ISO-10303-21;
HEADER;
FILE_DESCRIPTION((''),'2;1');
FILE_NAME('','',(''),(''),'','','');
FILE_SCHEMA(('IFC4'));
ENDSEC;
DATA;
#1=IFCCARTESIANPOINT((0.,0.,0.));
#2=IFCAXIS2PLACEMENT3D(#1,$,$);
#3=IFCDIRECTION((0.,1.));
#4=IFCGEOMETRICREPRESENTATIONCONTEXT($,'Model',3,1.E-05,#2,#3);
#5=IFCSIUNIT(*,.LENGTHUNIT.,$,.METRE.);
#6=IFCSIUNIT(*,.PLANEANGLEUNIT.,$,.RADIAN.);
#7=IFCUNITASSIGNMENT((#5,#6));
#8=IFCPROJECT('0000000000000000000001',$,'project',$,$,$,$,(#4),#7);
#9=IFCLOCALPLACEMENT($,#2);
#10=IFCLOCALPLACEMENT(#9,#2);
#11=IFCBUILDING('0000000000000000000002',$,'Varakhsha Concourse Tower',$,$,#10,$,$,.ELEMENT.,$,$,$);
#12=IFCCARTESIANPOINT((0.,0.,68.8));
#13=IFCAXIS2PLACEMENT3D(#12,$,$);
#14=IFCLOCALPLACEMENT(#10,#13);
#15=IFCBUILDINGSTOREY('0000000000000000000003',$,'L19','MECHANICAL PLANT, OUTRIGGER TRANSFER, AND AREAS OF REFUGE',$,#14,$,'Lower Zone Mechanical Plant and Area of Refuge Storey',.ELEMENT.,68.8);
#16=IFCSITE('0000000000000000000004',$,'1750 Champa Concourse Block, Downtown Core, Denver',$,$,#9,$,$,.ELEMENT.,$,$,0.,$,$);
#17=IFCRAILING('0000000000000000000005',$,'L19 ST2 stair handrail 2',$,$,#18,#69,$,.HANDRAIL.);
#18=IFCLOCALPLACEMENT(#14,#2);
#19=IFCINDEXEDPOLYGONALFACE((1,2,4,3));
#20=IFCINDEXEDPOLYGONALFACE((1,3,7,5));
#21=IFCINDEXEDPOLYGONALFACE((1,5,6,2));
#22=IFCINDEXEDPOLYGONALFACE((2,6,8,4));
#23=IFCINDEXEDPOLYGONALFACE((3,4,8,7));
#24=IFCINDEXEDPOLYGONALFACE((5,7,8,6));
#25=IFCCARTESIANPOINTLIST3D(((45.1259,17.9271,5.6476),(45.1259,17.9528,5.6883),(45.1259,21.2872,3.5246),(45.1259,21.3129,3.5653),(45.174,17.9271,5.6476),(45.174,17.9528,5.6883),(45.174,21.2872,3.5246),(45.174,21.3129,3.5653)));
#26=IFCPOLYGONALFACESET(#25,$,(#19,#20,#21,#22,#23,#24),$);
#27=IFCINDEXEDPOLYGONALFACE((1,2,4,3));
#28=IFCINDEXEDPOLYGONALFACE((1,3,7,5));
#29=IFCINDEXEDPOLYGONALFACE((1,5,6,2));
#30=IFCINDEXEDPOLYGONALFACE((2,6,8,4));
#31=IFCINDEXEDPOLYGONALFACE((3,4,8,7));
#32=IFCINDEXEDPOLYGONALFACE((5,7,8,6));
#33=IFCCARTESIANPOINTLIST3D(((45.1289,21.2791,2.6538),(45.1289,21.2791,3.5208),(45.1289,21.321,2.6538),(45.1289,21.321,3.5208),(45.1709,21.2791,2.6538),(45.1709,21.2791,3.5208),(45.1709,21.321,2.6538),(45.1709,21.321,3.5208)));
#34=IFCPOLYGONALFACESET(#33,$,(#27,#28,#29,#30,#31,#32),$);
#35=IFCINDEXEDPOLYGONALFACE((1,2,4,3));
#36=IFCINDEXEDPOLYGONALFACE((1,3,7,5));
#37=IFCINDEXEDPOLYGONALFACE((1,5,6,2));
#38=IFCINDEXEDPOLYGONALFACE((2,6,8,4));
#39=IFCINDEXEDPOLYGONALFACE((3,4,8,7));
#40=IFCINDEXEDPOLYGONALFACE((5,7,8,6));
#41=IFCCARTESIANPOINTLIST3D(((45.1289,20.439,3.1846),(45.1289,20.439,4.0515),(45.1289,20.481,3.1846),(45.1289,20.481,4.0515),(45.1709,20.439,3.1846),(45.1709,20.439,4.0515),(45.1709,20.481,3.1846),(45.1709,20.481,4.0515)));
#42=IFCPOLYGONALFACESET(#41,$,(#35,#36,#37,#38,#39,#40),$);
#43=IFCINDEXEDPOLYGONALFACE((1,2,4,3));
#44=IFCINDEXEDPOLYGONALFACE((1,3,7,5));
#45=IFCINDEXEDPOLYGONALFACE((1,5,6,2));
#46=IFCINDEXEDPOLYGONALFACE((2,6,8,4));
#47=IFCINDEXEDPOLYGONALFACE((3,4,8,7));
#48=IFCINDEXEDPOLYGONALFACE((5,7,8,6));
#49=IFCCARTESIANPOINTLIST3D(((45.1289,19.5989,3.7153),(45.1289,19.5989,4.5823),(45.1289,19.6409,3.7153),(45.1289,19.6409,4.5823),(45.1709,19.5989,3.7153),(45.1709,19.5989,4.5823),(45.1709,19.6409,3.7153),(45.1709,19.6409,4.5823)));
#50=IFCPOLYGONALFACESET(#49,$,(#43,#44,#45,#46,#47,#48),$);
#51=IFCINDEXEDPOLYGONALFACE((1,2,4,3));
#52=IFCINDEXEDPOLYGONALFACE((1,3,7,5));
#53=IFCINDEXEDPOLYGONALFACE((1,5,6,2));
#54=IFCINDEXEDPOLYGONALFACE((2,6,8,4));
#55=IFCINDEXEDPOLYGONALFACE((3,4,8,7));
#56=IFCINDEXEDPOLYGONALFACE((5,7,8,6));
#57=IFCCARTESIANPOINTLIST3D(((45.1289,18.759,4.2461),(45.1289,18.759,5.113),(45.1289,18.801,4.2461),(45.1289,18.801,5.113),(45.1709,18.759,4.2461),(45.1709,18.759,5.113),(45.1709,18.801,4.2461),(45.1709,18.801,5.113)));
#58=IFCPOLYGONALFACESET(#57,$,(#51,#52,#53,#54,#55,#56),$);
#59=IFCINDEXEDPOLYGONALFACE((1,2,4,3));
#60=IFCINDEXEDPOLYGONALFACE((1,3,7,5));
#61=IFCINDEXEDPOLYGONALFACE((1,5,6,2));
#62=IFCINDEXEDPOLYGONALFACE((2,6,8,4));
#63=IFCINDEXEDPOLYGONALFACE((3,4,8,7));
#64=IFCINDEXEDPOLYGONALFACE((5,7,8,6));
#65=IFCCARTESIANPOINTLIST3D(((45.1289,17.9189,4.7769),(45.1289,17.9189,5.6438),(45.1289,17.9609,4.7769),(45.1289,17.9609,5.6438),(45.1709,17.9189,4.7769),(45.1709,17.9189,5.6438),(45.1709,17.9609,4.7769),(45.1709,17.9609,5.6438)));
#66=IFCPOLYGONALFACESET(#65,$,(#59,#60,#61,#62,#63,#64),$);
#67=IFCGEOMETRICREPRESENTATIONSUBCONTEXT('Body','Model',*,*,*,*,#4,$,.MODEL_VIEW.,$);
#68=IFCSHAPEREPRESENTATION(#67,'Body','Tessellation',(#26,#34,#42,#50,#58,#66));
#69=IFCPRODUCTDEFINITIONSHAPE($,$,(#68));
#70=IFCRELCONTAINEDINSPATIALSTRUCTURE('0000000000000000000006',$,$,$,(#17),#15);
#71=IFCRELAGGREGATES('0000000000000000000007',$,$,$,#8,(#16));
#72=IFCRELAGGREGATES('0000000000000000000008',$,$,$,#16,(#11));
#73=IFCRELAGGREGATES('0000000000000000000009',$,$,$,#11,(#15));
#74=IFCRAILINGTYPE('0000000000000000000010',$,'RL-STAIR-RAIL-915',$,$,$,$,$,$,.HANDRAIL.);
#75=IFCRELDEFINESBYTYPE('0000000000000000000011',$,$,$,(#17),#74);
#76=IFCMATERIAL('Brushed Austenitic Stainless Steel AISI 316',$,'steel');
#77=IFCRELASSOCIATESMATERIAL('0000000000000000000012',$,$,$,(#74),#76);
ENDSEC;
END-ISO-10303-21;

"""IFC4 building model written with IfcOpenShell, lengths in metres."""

from ifc_helpers import new_model, si_unit, direction, frame, origin, origin_2d, place, context, subcontext, project, spatial, rectangle, extrude, material, type_object, element, save


model = new_model("IFC4")

# Units and contexts
model_context = context("Model", 3, precision=1e-05, world=origin(), true_north=direction((0.0, 1.0)))
body_context = subcontext(model_context, "Body", "Model", "MODEL_VIEW")
ifc_project = project(units=[si_unit("LENGTHUNIT", "METRE"), si_unit("PLANEANGLEUNIT", "RADIAN")], contexts=[model_context])

# Site, building, storey
site_placement = place(None, origin())
site = spatial("IfcSite", under=ifc_project, at=site_placement, Name="1750 Champa Concourse Block, Downtown Core, Denver", CompositionType="ELEMENT", RefElevation=0.0)
building_placement = place(site_placement, origin())
building = spatial("IfcBuilding", under=site, at=building_placement, Name="Varakhsha Concourse Tower", CompositionType="ELEMENT")
storey_placement = place(building_placement, frame((0.0, 0.0, 68.8)))
storey = spatial("IfcBuildingStorey", under=building, at=storey_placement, Name="L19", Description="MECHANICAL PLANT, OUTRIGGER TRANSFER, AND AREAS OF REFUGE", LongName="Lower Zone Mechanical Plant and Area of Refuge Storey", CompositionType="ELEMENT", Elevation=68.8)

# Railing
ifc_material_1 = material(Name="Brushed Austenitic Stainless Steel AISI 316", Category="steel")
railing_type_1 = type_object("IfcRailingType", Name="RL-STAIR-RAIL-915", PredefinedType="HANDRAIL", material=ifc_material_1)
railing_1_placement = place(storey_placement, frame((45.1499, 21.3, 2.6538)))
element("IfcRailing", 1, at=railing_1_placement, inside=storey, type_object=railing_type_1, Name="L19 ST2 stair handrail 2", PredefinedType="HANDRAIL", context=body_context, shape_type="SweptSolid", body=[
    extrude(rectangle(XDim=0.0481, YDim=0.0481, at=origin_2d()), frame((0.0, 0.0, 0.8911), z_axis=(0.0, -0.84539, 0.53415), x_axis=(1.0, 0.0, 0.0)), (0.0, 0.0, 1.0), 3.9746),
    extrude(rectangle(XDim=0.042, YDim=0.042, at=origin_2d()), origin(), (0.0, 0.0, 1.0), 0.8669),
    extrude(rectangle(XDim=0.042, YDim=0.042, at=origin_2d()), frame((0.0, -0.8401, 0.5308)), (0.0, 0.0, 1.0), 0.8669),
    extrude(rectangle(XDim=0.042, YDim=0.042, at=origin_2d()), frame((0.0, -1.6802, 1.0615)), (0.0, 0.0, 1.0), 0.8669),
    extrude(rectangle(XDim=0.042, YDim=0.042, at=origin_2d()), frame((0.0, -2.52, 1.5923)), (0.0, 0.0, 1.0), 0.8669),
    extrude(rectangle(XDim=0.042, YDim=0.042, at=origin_2d()), frame((0.0, -3.3601, 2.123)), (0.0, 0.0, 1.0), 0.8669),
])

save(model, "model.ifc")
